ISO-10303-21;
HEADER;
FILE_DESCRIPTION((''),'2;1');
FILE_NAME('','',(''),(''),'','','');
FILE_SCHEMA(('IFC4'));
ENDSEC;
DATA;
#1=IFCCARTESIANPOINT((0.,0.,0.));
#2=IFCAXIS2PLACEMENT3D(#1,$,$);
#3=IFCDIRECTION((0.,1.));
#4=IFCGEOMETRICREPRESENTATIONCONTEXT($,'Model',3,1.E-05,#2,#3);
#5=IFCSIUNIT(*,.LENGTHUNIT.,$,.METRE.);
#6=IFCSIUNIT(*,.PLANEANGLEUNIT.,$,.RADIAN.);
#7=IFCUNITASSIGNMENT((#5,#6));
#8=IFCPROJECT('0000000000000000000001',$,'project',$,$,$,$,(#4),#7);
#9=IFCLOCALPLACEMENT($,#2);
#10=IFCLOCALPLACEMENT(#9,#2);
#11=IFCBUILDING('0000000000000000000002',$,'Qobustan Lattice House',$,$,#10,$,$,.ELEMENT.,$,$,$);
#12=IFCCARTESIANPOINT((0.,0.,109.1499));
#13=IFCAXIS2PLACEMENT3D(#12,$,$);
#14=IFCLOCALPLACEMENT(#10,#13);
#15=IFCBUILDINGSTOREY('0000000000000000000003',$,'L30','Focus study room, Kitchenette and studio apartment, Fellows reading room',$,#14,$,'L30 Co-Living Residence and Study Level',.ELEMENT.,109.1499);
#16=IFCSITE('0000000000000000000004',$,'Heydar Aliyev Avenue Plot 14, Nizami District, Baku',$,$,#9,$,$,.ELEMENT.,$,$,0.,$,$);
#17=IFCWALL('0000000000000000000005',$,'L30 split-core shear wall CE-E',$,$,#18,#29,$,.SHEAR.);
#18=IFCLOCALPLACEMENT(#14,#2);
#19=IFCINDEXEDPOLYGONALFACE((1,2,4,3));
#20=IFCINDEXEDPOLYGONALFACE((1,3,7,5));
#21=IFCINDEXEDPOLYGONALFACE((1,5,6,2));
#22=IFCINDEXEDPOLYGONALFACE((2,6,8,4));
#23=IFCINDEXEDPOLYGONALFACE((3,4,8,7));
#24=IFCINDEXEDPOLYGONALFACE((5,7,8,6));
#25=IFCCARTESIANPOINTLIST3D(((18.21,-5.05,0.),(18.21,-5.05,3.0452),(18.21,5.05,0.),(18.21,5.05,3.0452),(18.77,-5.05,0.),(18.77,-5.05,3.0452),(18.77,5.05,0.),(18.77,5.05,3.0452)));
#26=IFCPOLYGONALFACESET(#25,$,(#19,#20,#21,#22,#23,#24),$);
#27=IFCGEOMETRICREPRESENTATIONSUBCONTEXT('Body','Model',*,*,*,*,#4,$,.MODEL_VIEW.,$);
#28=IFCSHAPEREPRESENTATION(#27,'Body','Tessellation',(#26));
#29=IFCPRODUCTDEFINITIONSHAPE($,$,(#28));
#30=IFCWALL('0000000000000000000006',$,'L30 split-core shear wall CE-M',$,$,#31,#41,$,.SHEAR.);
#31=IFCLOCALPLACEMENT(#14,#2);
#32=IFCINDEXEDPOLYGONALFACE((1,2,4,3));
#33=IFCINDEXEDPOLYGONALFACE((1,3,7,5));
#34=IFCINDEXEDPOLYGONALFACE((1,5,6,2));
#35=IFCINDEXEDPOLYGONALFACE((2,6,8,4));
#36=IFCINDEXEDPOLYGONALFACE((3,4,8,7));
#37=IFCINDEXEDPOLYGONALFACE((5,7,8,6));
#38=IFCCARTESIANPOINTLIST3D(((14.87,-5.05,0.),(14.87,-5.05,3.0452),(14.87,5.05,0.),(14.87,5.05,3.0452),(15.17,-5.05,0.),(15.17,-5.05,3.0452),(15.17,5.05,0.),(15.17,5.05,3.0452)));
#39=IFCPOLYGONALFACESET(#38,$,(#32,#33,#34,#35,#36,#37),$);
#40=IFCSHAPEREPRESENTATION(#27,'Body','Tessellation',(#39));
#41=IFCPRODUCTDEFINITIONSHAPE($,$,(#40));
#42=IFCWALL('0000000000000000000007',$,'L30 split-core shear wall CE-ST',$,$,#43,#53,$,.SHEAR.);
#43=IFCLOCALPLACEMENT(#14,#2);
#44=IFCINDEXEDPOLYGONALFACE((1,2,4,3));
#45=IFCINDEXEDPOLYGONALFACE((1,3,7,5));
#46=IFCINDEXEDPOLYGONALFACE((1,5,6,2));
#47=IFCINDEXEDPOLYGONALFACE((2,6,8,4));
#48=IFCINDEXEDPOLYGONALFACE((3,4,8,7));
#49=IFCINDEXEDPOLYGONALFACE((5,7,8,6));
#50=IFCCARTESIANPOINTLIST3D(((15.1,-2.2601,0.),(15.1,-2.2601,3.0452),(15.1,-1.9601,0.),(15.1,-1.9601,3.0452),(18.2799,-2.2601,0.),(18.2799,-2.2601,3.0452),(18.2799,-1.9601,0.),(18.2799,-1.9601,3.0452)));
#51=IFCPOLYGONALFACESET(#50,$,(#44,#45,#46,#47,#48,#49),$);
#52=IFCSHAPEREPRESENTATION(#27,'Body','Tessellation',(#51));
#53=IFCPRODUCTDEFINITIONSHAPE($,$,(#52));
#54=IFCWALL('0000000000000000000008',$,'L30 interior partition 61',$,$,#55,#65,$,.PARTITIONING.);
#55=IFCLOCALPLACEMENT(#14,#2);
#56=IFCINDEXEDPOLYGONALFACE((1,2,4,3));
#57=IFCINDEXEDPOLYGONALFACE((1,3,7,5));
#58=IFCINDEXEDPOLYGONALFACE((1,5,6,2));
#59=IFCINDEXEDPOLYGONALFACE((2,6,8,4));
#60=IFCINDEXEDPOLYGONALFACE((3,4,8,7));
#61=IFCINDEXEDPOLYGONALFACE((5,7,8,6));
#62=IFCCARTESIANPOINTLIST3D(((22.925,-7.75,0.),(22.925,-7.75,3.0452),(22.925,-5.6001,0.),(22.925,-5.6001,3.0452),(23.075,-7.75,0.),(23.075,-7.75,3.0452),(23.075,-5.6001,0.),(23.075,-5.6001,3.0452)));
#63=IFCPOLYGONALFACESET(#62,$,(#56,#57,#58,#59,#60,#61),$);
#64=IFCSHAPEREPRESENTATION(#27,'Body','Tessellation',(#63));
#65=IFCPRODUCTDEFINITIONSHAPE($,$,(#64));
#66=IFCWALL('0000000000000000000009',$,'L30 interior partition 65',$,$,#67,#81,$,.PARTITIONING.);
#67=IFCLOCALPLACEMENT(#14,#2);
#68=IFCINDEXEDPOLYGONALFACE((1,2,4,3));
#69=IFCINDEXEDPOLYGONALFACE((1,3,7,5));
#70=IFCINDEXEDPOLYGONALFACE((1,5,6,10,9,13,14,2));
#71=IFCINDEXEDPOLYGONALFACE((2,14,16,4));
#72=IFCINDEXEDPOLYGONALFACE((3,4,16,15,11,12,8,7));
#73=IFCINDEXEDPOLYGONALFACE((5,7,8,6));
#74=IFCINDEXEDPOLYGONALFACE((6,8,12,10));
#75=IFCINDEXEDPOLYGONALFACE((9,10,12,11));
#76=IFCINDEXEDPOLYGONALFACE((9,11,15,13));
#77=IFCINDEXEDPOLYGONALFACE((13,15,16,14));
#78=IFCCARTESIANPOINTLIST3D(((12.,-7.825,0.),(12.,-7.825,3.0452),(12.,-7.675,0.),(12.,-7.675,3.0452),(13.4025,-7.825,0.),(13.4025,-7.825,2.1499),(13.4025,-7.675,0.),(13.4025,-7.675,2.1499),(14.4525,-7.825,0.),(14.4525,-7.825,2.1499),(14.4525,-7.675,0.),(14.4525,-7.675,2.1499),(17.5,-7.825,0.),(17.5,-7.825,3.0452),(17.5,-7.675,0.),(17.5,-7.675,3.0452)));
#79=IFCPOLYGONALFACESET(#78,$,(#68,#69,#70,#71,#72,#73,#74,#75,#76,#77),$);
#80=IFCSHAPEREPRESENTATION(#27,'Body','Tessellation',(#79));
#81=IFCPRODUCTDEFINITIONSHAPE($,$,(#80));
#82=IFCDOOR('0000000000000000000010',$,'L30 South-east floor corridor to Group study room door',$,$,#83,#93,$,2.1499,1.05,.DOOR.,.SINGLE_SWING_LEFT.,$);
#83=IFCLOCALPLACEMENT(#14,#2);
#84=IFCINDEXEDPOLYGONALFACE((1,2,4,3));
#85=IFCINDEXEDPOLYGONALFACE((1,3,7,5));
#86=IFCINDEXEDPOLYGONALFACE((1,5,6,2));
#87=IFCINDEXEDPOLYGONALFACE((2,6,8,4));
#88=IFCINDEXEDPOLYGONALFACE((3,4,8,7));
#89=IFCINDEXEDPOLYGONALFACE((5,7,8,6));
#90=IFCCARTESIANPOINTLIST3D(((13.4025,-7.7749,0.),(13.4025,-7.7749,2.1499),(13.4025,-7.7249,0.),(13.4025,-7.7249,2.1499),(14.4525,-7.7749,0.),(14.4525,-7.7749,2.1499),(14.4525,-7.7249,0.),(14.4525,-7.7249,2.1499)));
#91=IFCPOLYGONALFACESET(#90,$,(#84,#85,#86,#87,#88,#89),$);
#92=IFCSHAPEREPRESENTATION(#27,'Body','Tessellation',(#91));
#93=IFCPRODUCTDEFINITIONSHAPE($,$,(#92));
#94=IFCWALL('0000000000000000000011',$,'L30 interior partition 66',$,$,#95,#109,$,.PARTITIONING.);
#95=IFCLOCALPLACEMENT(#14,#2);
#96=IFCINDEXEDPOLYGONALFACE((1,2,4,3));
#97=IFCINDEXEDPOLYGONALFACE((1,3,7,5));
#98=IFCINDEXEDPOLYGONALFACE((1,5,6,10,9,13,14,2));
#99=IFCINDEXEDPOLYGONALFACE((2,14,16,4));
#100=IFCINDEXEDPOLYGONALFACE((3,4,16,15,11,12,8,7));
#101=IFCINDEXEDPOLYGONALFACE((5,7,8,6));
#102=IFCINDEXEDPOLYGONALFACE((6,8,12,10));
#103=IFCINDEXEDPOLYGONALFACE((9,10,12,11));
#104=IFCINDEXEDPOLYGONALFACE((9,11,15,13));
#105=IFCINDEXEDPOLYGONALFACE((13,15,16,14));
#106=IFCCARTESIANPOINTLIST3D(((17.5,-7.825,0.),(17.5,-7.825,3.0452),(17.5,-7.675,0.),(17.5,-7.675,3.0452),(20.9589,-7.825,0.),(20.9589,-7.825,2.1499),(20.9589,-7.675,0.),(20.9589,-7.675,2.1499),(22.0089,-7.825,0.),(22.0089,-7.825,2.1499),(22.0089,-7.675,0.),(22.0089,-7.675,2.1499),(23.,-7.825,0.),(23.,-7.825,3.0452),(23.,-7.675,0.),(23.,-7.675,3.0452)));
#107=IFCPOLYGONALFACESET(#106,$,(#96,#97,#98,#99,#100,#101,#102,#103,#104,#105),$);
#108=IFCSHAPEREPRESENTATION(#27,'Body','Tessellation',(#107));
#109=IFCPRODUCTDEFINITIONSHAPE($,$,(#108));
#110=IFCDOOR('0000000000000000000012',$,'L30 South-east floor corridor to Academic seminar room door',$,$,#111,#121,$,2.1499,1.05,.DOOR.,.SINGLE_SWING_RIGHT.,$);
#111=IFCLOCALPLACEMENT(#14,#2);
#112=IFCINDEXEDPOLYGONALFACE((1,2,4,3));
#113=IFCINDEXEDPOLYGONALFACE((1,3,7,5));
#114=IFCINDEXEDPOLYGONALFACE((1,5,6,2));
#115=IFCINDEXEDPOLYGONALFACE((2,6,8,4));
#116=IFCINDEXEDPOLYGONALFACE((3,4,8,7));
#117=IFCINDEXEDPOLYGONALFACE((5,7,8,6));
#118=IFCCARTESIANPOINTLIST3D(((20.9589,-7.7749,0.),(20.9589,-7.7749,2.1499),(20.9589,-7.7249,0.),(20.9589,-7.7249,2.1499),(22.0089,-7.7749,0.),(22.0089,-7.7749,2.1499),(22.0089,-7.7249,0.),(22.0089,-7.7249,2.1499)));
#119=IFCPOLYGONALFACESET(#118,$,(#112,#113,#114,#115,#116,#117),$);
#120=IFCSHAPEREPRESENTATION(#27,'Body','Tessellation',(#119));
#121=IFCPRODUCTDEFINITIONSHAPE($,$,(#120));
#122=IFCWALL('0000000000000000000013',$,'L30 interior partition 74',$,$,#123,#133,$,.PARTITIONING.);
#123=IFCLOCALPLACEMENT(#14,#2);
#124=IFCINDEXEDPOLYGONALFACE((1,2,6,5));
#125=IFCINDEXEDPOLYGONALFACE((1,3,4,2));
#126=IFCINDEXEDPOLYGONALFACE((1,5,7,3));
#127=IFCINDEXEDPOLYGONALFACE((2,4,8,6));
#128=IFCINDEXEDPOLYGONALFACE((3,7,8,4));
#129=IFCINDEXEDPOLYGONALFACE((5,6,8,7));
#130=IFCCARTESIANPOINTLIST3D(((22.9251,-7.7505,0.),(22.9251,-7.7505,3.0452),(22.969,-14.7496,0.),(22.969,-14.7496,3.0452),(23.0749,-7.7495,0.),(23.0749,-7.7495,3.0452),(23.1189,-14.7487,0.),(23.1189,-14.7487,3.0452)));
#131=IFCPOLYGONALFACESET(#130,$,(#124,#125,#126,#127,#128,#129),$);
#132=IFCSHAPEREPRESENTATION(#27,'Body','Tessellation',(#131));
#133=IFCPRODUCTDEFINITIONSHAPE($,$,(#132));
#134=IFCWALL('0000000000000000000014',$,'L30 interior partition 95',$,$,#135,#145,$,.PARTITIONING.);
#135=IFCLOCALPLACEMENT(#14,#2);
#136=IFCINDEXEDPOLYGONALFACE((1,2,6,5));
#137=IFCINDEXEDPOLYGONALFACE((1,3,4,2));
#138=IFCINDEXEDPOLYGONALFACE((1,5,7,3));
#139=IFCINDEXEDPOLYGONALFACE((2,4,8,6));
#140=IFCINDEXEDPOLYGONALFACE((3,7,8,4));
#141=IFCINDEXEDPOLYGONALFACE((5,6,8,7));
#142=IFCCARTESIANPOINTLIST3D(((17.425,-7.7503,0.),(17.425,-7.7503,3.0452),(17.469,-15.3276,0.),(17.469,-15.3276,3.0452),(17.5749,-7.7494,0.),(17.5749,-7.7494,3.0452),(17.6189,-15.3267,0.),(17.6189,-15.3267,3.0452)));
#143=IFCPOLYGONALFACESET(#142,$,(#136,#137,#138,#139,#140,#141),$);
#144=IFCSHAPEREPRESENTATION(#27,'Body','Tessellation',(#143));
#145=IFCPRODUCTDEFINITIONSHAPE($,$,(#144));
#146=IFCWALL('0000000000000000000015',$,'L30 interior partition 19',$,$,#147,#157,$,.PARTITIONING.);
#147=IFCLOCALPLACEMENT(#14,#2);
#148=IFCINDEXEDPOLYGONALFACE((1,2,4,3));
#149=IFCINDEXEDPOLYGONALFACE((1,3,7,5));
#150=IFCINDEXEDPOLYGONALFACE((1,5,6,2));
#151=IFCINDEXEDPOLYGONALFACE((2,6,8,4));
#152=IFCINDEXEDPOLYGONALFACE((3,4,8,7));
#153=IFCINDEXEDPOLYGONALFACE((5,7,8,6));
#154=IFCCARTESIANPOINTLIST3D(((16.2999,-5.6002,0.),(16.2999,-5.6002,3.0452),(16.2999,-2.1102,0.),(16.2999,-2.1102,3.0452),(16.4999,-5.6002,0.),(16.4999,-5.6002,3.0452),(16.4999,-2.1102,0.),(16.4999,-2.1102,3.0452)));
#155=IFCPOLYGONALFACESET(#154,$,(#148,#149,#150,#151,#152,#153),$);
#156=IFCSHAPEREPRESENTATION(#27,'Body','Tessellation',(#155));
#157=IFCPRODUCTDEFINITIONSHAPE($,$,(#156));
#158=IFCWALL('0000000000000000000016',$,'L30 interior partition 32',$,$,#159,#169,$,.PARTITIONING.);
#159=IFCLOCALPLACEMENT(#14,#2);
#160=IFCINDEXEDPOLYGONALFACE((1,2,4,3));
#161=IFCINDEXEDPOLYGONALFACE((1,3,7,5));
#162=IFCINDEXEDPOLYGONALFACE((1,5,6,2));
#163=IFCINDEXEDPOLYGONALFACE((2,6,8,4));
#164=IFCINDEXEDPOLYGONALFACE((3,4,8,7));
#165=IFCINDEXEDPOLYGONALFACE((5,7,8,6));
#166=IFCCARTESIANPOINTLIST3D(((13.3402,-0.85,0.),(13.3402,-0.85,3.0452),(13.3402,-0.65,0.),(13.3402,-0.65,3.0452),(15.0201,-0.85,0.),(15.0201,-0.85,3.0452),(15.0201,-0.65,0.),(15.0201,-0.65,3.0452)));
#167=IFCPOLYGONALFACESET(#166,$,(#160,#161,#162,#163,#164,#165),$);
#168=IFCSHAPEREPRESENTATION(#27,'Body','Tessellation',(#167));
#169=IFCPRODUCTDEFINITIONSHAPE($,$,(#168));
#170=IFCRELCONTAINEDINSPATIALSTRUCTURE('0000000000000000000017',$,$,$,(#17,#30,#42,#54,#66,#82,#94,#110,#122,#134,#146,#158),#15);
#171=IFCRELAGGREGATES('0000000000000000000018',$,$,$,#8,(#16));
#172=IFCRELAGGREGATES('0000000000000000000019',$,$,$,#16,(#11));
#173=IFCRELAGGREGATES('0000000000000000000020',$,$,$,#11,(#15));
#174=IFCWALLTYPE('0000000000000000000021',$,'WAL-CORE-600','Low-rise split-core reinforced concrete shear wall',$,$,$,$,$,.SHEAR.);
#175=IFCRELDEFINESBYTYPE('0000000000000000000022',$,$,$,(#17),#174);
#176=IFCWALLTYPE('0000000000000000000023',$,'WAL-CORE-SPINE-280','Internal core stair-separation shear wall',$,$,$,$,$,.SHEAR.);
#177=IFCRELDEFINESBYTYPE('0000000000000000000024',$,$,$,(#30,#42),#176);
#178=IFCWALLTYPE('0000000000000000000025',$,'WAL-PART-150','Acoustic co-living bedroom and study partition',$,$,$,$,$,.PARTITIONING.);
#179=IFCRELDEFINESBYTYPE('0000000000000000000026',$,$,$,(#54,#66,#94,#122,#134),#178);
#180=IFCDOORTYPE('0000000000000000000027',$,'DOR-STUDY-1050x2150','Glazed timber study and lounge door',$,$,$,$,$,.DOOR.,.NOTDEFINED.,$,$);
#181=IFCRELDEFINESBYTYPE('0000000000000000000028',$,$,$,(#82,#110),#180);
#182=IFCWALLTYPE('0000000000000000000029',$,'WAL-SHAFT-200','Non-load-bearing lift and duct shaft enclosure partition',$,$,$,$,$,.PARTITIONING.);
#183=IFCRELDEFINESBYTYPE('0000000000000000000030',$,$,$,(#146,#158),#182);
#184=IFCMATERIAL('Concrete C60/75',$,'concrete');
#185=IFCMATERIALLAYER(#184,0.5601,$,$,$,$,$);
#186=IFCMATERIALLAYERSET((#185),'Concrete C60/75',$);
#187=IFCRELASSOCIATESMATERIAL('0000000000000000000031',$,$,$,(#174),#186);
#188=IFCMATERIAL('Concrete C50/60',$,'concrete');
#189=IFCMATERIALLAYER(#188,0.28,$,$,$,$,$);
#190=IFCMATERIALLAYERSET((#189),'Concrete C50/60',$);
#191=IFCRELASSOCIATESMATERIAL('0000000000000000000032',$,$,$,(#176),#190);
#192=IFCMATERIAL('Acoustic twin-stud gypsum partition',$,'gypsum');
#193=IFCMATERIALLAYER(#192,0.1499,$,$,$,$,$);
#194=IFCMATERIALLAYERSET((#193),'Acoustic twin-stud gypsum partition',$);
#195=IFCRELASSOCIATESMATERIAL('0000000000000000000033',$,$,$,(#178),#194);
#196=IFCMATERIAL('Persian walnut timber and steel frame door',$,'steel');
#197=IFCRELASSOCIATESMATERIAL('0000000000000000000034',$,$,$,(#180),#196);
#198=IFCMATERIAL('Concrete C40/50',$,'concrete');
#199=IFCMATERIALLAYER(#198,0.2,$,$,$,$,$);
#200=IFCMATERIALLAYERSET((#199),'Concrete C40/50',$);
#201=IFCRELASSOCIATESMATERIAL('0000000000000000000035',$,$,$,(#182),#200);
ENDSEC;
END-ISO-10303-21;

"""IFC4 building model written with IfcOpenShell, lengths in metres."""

from ifc_helpers import new_model, si_unit, direction, frame, frame_2d, origin, place, context, subcontext, project, spatial, rectangle, extrude, material, layer, layer_set, type_object, element, fill, save


model = new_model("IFC4")

# Units and contexts
model_context = context("Model", 3, precision=1e-05, world=origin(), true_north=direction((0.0, 1.0)))
body_context = subcontext(model_context, "Body", "Model", "MODEL_VIEW")
ifc_project = project(units=[si_unit("LENGTHUNIT", "METRE"), si_unit("PLANEANGLEUNIT", "RADIAN")], contexts=[model_context])

# Site, building, storey
site_placement = place(None, origin())
site = spatial("IfcSite", under=ifc_project, at=site_placement, Name="Heydar Aliyev Avenue Plot 14, Nizami District, Baku", CompositionType="ELEMENT", RefElevation=0.0)
building_placement = place(site_placement, origin())
building = spatial("IfcBuilding", under=site, at=building_placement, Name="Qobustan Lattice House", CompositionType="ELEMENT")
storey_placement = place(building_placement, frame((0.0, 0.0, 109.1499)))
storey = spatial("IfcBuildingStorey", under=building, at=storey_placement, Name="L30", Description="Focus study room, Kitchenette and studio apartment, Fellows reading room", LongName="L30 Co-Living Residence and Study Level", CompositionType="ELEMENT", Elevation=109.1499)

# Walls
ifc_material_1 = material(Name="Concrete C60/75", Category="concrete")
ifc_layer_1 = layer(ifc_material_1, 0.5601)
ifc_layer_set_1 = layer_set([ifc_layer_1], Name="Concrete C60/75")
wall_type_1 = type_object("IfcWallType", Name="WAL-CORE-600", Description="Low-rise split-core reinforced concrete shear wall", PredefinedType="SHEAR", material=ifc_layer_set_1)
wall_1_placement = place(storey_placement, frame((18.49, -5.05, 0.0), z_axis=(0.0, 0.0, 1.0), x_axis=(0.0, 1.0, 0.0)))
element("IfcWall", 1, at=wall_1_placement, inside=storey, type_object=wall_type_1, Name="L30 split-core shear wall CE-E", PredefinedType="SHEAR", context=body_context, shape_type="SweptSolid", body=[
    extrude(rectangle(XDim=10.1001, YDim=0.5601, at=frame_2d((5.05, 0.0))), origin(), (0.0, 0.0, 1.0), 3.0452),
])
ifc_material_2 = material(Name="Concrete C50/60", Category="concrete")
ifc_layer_2 = layer(ifc_material_2, 0.28)
ifc_layer_set_2 = layer_set([ifc_layer_2], Name="Concrete C50/60")
wall_type_2 = type_object("IfcWallType", Name="WAL-CORE-SPINE-280", Description="Internal core stair-separation shear wall", PredefinedType="SHEAR", material=ifc_layer_set_2)
wall_2_placement = place(storey_placement, frame((15.02, -5.05, 0.0), z_axis=(0.0, 0.0, 1.0), x_axis=(0.0, 1.0, 0.0)))
element("IfcWall", 2, at=wall_2_placement, inside=storey, type_object=wall_type_2, Name="L30 split-core shear wall CE-M", PredefinedType="SHEAR", context=body_context, shape_type="SweptSolid", body=[
    extrude(rectangle(XDim=10.1001, YDim=0.3, at=frame_2d((5.05, 0.0))), origin(), (0.0, 0.0, 1.0), 3.0452),
])
wall_3_placement = place(storey_placement, frame((15.1001, -2.1101, 0.0), z_axis=(0.0, 0.0, 1.0), x_axis=(1.0, 0.0, 0.0)))
element("IfcWall", 3, at=wall_3_placement, inside=storey, type_object=wall_type_2, Name="L30 split-core shear wall CE-ST", PredefinedType="SHEAR", context=body_context, shape_type="SweptSolid", body=[
    extrude(rectangle(XDim=3.1799, YDim=0.3, at=frame_2d((1.5898, 0.0))), origin(), (0.0, 0.0, 1.0), 3.0452),
])

# Shared definitions
ifc_material_3 = material(Name="Acoustic twin-stud gypsum partition", Category="gypsum")
ifc_layer_3 = layer(ifc_material_3, 0.1499)
ifc_layer_set_3 = layer_set([ifc_layer_3], Name="Acoustic twin-stud gypsum partition")
wall_type_3 = type_object("IfcWallType", Name="WAL-PART-150", Description="Acoustic co-living bedroom and study partition", PredefinedType="PARTITIONING", material=ifc_layer_set_3)
ifc_material_4 = material(Name="Persian walnut timber and steel frame door", Category="steel")
door_type = type_object("IfcDoorType", Name="DOR-STUDY-1050x2150", Description="Glazed timber study and lounge door", OperationType="NOTDEFINED", PredefinedType="DOOR", material=ifc_material_4)

# Wall
wall_4_placement = place(storey_placement, frame((23.0, -5.6001, 0.0), z_axis=(0.0, 0.0, 1.0), x_axis=(0.0, -1.0, 0.0)))
element("IfcWall", 4, at=wall_4_placement, inside=storey, type_object=wall_type_3, Name="L30 interior partition 61", PredefinedType="PARTITIONING", context=body_context, shape_type="SweptSolid", body=[
    extrude(rectangle(XDim=2.1499, YDim=0.1499, at=frame_2d((1.075, 0.0))), origin(), (0.0, 0.0, 1.0), 3.0452),
])

# Walls, openings, doors
wall_5_placement = place(storey_placement, frame((17.5, -7.75, 0.0), z_axis=(0.0, 0.0, 1.0), x_axis=(-1.0, 0.0, 0.0)))
wall_5 = element("IfcWall", 5, at=wall_5_placement, inside=storey, type_object=wall_type_3, Name="L30 interior partition 65", PredefinedType="PARTITIONING", context=body_context, shape_type="SweptSolid", body=[
    extrude(rectangle(XDim=5.5, YDim=0.1499, at=frame_2d((2.75, 0.0))), origin(), (0.0, 0.0, 1.0), 3.0452),
])
opening_1_placement = place(wall_5_placement, frame((3.0476, 0.0, 0.0)))
opening_1 = element("IfcOpeningElement", 6, at=opening_1_placement, cuts=wall_5, PredefinedType="OPENING", context=body_context, shape_type="SweptSolid", body=[
    extrude(rectangle(XDim=1.05, YDim=2.1499, at=frame_2d((0.5249, 1.075))), frame((0.0, 0.085, 0.0), z_axis=(0.0, -1.0, 0.0), x_axis=(1.0, 0.0, 0.0)), (0.0, 0.0, 1.0), 0.1699),
])
door_1_placement = place(opening_1_placement, origin())
door_1 = element("IfcDoor", 7, at=door_1_placement, inside=storey, type_object=door_type, Name="L30 South-east floor corridor to Group study room door", OperationType="SINGLE_SWING_LEFT", OverallHeight=2.1499, OverallWidth=1.05, PredefinedType="DOOR", context=body_context, shape_type="SweptSolid", body=[
    extrude(rectangle(XDim=1.05, YDim=2.1499, at=frame_2d((0.5249, 1.075))), frame((0.0, 0.0249, 0.0), z_axis=(0.0, -1.0, 0.0), x_axis=(1.0, 0.0, 0.0)), (0.0, 0.0, 1.0), 0.05),
])
fill(opening_1, door_1)
wall_6_placement = place(storey_placement, frame((23.0, -7.75, 0.0), z_axis=(0.0, 0.0, 1.0), x_axis=(-1.0, 0.0, 0.0)))
wall_6 = element("IfcWall", 8, at=wall_6_placement, inside=storey, type_object=wall_type_3, Name="L30 interior partition 66", PredefinedType="PARTITIONING", context=body_context, shape_type="SweptSolid", body=[
    extrude(rectangle(XDim=5.5, YDim=0.1499, at=frame_2d((2.75, 0.0))), origin(), (0.0, 0.0, 1.0), 3.0452),
])
opening_2_placement = place(wall_6_placement, frame((0.9912, 0.0, 0.0)))
opening_2 = element("IfcOpeningElement", 9, at=opening_2_placement, cuts=wall_6, PredefinedType="OPENING", context=body_context, shape_type="SweptSolid", body=[
    extrude(rectangle(XDim=1.05, YDim=2.1499, at=frame_2d((0.5249, 1.075))), frame((0.0, 0.085, 0.0), z_axis=(0.0, -1.0, 0.0), x_axis=(1.0, 0.0, 0.0)), (0.0, 0.0, 1.0), 0.1699),
])
door_2_placement = place(opening_2_placement, origin())
door_2 = element("IfcDoor", 10, at=door_2_placement, inside=storey, type_object=door_type, Name="L30 South-east floor corridor to Academic seminar room door", OperationType="SINGLE_SWING_RIGHT", OverallHeight=2.1499, OverallWidth=1.05, PredefinedType="DOOR", context=body_context, shape_type="SweptSolid", body=[
    extrude(rectangle(XDim=1.05, YDim=2.1499, at=frame_2d((0.5249, 1.075))), frame((0.0, 0.0249, 0.0), z_axis=(0.0, -1.0, 0.0), x_axis=(1.0, 0.0, 0.0)), (0.0, 0.0, 1.0), 0.05),
])
fill(opening_2, door_2)

# Walls
wall_7_placement = place(storey_placement, frame((23.0439, -14.749, 0.0), z_axis=(0.0, 0.0, 1.0), x_axis=(-0.006279, 0.99998, 0.0)))
element("IfcWall", 11, at=wall_7_placement, inside=storey, type_object=wall_type_3, Name="L30 interior partition 74", PredefinedType="PARTITIONING", context=body_context, shape_type="SweptSolid", body=[
    extrude(rectangle(XDim=6.9993, YDim=0.1499, at=frame_2d((3.4995, 0.0))), origin(), (0.0, 0.0, 1.0), 3.0452),
])
wall_8_placement = place(storey_placement, frame((17.5, -7.75, 0.0), z_axis=(0.0, 0.0, 1.0), x_axis=(0.0058, -0.999983, 0.0)))
element("IfcWall", 12, at=wall_8_placement, inside=storey, type_object=wall_type_3, Name="L30 interior partition 95", PredefinedType="PARTITIONING", context=body_context, shape_type="SweptSolid", body=[
    extrude(rectangle(XDim=7.5774, YDim=0.1499, at=frame_2d((3.7886, 0.0))), origin(), (0.0, 0.0, 1.0), 3.0452),
])
ifc_material_5 = material(Name="Concrete C40/50", Category="concrete")
ifc_layer_4 = layer(ifc_material_5, 0.2)
ifc_layer_set_4 = layer_set([ifc_layer_4], Name="Concrete C40/50")
wall_type_4 = type_object("IfcWallType", Name="WAL-SHAFT-200", Description="Non-load-bearing lift and duct shaft enclosure partition", PredefinedType="PARTITIONING", material=ifc_layer_set_4)
wall_9_placement = place(storey_placement, frame((16.3999, -2.1101, 0.0), z_axis=(0.0, 0.0, 1.0), x_axis=(0.0, -1.0, 0.0)))
element("IfcWall", 13, at=wall_9_placement, inside=storey, type_object=wall_type_4, Name="L30 interior partition 19", PredefinedType="PARTITIONING", context=body_context, shape_type="SweptSolid", body=[
    extrude(rectangle(XDim=3.49, YDim=0.2, at=frame_2d((1.7451, 0.0))), origin(), (0.0, 0.0, 1.0), 3.0452),
])
wall_10_placement = place(storey_placement, frame((15.02, -0.75, 0.0), z_axis=(0.0, 0.0, 1.0), x_axis=(-1.0, 0.0, 0.0)))
element("IfcWall", 14, at=wall_10_placement, inside=storey, type_object=wall_type_4, Name="L30 interior partition 32", PredefinedType="PARTITIONING", context=body_context, shape_type="SweptSolid", body=[
    extrude(rectangle(XDim=1.6799, YDim=0.2, at=frame_2d((0.8398, 0.0))), origin(), (0.0, 0.0, 1.0), 3.0452),
])

save(model, "model.ifc")
